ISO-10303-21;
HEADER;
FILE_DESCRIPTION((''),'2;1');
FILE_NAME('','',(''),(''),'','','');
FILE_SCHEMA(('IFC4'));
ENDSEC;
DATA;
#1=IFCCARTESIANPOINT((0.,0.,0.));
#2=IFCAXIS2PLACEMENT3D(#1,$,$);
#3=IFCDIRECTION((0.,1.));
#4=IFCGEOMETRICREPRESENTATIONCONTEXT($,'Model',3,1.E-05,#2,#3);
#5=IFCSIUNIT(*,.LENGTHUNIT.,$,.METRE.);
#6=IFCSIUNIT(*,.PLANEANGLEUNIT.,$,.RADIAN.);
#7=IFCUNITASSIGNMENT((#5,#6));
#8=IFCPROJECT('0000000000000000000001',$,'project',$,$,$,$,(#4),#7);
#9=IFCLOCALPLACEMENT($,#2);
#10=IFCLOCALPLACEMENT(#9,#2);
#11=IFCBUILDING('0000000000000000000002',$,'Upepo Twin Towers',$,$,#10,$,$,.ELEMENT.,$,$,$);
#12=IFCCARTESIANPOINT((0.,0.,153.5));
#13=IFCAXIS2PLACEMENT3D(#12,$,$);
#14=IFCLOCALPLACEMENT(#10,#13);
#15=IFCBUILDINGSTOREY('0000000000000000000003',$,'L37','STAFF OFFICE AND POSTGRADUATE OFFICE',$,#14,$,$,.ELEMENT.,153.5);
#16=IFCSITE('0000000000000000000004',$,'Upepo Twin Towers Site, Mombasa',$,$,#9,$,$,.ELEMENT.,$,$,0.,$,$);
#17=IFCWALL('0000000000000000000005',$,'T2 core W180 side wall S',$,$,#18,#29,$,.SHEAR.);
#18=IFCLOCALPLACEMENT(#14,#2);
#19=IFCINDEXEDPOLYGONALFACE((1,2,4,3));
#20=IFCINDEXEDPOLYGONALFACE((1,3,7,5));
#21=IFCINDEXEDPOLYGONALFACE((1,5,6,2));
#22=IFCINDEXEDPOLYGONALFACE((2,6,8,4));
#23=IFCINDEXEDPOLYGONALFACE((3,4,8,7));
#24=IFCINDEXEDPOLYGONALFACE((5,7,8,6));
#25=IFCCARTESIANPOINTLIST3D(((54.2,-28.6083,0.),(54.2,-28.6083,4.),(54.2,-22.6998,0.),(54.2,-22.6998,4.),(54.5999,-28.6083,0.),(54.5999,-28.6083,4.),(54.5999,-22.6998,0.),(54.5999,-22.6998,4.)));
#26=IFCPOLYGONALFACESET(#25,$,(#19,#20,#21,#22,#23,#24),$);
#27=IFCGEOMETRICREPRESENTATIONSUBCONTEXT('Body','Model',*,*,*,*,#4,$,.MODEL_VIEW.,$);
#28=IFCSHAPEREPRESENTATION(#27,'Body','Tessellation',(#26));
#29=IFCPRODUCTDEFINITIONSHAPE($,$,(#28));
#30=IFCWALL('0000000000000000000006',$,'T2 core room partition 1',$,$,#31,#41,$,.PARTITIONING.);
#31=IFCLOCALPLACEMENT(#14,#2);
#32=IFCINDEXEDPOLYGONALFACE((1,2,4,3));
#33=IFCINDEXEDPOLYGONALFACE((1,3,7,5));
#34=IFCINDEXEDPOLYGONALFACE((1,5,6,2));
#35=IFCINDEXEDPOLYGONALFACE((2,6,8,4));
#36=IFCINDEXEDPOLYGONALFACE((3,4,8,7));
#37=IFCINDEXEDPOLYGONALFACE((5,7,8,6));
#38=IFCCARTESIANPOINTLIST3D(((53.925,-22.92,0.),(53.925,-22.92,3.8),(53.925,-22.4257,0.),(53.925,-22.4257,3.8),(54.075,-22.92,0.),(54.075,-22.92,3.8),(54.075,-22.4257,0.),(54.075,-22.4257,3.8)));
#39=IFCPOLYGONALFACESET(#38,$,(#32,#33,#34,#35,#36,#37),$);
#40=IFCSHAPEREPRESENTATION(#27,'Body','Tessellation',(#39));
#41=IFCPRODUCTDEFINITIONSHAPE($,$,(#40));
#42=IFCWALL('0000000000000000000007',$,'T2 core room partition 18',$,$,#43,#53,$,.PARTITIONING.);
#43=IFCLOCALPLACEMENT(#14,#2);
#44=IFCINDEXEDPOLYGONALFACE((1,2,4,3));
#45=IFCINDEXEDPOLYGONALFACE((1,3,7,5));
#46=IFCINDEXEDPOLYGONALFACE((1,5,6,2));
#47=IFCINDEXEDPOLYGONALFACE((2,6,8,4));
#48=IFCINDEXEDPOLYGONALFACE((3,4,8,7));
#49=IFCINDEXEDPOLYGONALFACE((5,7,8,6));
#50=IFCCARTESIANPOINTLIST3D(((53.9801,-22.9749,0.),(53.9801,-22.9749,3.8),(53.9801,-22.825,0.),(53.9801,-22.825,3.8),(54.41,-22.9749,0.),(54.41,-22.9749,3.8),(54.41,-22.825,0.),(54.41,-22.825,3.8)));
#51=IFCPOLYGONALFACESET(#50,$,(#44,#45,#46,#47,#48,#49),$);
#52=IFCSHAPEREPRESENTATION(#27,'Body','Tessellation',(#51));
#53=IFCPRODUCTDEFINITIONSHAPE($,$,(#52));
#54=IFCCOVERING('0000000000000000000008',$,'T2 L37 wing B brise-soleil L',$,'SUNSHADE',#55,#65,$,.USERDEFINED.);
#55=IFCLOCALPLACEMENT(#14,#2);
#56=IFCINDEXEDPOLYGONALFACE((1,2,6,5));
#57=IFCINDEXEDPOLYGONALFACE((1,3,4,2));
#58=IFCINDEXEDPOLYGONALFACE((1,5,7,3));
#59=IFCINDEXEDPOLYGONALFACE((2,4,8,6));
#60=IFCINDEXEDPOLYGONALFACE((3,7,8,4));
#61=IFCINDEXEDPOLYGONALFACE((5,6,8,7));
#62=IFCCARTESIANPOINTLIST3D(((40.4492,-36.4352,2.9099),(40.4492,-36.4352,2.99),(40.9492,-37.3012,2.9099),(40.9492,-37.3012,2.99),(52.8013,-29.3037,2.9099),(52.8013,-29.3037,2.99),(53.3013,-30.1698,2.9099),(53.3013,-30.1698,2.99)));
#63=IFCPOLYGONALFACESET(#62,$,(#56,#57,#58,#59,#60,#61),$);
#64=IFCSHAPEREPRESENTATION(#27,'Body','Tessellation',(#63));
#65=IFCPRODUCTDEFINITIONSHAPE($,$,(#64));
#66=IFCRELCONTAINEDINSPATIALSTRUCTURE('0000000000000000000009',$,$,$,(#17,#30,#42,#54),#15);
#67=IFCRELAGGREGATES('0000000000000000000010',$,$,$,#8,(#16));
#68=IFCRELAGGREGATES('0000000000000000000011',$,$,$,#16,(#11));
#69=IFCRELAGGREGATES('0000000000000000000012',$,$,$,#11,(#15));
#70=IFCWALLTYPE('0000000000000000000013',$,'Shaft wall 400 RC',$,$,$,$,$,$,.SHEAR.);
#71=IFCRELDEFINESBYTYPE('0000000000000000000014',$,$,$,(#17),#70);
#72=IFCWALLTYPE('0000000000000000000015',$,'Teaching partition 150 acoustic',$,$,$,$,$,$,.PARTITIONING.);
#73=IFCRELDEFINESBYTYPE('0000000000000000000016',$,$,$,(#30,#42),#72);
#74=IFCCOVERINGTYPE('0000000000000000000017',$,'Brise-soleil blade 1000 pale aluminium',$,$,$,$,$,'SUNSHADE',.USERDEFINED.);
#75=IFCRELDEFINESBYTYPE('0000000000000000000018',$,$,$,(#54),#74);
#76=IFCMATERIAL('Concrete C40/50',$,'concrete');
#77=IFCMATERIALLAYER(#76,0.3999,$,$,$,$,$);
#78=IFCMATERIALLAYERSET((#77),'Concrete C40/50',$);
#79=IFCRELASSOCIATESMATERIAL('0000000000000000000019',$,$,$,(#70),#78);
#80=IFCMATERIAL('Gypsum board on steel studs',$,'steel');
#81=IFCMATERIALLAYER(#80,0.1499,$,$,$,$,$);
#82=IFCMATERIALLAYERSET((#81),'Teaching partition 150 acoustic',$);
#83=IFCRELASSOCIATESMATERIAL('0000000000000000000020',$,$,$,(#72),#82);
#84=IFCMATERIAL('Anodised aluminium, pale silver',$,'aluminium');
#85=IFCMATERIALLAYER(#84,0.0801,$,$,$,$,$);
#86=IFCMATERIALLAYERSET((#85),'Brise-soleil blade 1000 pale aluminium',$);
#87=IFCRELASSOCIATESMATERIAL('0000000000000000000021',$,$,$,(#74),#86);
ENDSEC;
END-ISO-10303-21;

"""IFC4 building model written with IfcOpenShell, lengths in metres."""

from ifc_helpers import new_model, si_unit, direction, frame, frame_2d, origin, origin_2d, place, context, subcontext, project, spatial, rectangle, extrude, material, layer, layer_set, type_object, element, save


model = new_model("IFC4")

# Units and contexts
model_context = context("Model", 3, precision=1e-05, world=origin(), true_north=direction((0.0, 1.0)))
body_context = subcontext(model_context, "Body", "Model", "MODEL_VIEW")
ifc_project = project(units=[si_unit("LENGTHUNIT", "METRE"), si_unit("PLANEANGLEUNIT", "RADIAN")], contexts=[model_context])

# Site, building, storey
site_placement = place(None, origin())
site = spatial("IfcSite", under=ifc_project, at=site_placement, Name="Upepo Twin Towers Site, Mombasa", CompositionType="ELEMENT", RefElevation=0.0)
building_placement = place(site_placement, origin())
building = spatial("IfcBuilding", under=site, at=building_placement, Name="Upepo Twin Towers", CompositionType="ELEMENT")
storey_placement = place(building_placement, frame((0.0, 0.0, 153.5)))
storey = spatial("IfcBuildingStorey", under=building, at=storey_placement, Name="L37", Description="STAFF OFFICE AND POSTGRADUATE OFFICE", CompositionType="ELEMENT", Elevation=153.5)

# Walls
ifc_material_1 = material(Name="Concrete C40/50", Category="concrete")
ifc_layer_1 = layer(ifc_material_1, 0.3999)
ifc_layer_set_1 = layer_set([ifc_layer_1], Name="Concrete C40/50")
wall_type_1 = type_object("IfcWallType", Name="Shaft wall 400 RC", PredefinedType="SHEAR", material=ifc_layer_set_1)
wall_1_placement = place(storey_placement, frame((54.3999, -22.7, 0.0), z_axis=(0.0, 0.0, 1.0), x_axis=(0.0, -1.0, 0.0)))
element("IfcWall", 1, at=wall_1_placement, inside=storey, type_object=wall_type_1, Name="T2 core W180 side wall S", PredefinedType="SHEAR", context=body_context, shape_type="SweptSolid", body=[
    extrude(rectangle(XDim=5.9084, YDim=0.3999, at=frame_2d((2.9541, 0.0))), origin(), (0.0, 0.0, 1.0), 4.0),
])
ifc_material_2 = material(Name="Gypsum board on steel studs", Category="steel")
ifc_layer_2 = layer(ifc_material_2, 0.1499)
ifc_layer_set_2 = layer_set([ifc_layer_2], Name="Teaching partition 150 acoustic")
wall_type_2 = type_object("IfcWallType", Name="Teaching partition 150 acoustic", PredefinedType="PARTITIONING", material=ifc_layer_set_2)
wall_2_placement = place(storey_placement, frame((54.0, -22.9199, 0.0), z_axis=(0.0, 0.0, 1.0), x_axis=(0.0, 1.0, 0.0)))
element("IfcWall", 2, at=wall_2_placement, inside=storey, type_object=wall_type_2, Name="T2 core room partition 1", PredefinedType="PARTITIONING", context=body_context, shape_type="SweptSolid", body=[
    extrude(rectangle(XDim=0.4944, YDim=0.1499, at=frame_2d((0.2471, 0.0))), origin(), (0.0, 0.0, 1.0), 3.8),
])
wall_3_placement = place(storey_placement, frame((54.4099, -22.8999, 0.0), z_axis=(0.0, 0.0, 1.0), x_axis=(-1.0, 0.0, 0.0)))
element("IfcWall", 3, at=wall_3_placement, inside=storey, type_object=wall_type_2, Name="T2 core room partition 18", PredefinedType="PARTITIONING", context=body_context, shape_type="SweptSolid", body=[
    extrude(rectangle(XDim=0.4299, YDim=0.1499, at=frame_2d((0.2148, 0.0))), origin(), (0.0, 0.0, 1.0), 3.8),
])

# Covering
ifc_material_3 = material(Name="Anodised aluminium, pale silver", Category="aluminium")
ifc_layer_3 = layer(ifc_material_3, 0.0801)
ifc_layer_set_3 = layer_set([ifc_layer_3], Name="Brise-soleil blade 1000 pale aluminium")
covering_type = type_object("IfcCoveringType", Name="Brise-soleil blade 1000 pale aluminium", ElementType="SUNSHADE", PredefinedType="USERDEFINED", material=ifc_layer_set_3)
covering_placement = place(storey_placement, frame((46.8752, -33.3025, 2.9099), z_axis=(0.0, 0.0, 1.0), x_axis=(-0.866025, -0.5, 0.0)))
element("IfcCovering", 4, at=covering_placement, inside=storey, type_object=covering_type, Name="T2 L37 wing B brise-soleil L", ObjectType="SUNSHADE", PredefinedType="USERDEFINED", context=body_context, shape_type="SweptSolid", body=[
    extrude(rectangle(XDim=14.2629, YDim=1.0, at=origin_2d()), origin(), (0.0, 0.0, 1.0), 0.0801),
])

save(model, "model.ifc")
